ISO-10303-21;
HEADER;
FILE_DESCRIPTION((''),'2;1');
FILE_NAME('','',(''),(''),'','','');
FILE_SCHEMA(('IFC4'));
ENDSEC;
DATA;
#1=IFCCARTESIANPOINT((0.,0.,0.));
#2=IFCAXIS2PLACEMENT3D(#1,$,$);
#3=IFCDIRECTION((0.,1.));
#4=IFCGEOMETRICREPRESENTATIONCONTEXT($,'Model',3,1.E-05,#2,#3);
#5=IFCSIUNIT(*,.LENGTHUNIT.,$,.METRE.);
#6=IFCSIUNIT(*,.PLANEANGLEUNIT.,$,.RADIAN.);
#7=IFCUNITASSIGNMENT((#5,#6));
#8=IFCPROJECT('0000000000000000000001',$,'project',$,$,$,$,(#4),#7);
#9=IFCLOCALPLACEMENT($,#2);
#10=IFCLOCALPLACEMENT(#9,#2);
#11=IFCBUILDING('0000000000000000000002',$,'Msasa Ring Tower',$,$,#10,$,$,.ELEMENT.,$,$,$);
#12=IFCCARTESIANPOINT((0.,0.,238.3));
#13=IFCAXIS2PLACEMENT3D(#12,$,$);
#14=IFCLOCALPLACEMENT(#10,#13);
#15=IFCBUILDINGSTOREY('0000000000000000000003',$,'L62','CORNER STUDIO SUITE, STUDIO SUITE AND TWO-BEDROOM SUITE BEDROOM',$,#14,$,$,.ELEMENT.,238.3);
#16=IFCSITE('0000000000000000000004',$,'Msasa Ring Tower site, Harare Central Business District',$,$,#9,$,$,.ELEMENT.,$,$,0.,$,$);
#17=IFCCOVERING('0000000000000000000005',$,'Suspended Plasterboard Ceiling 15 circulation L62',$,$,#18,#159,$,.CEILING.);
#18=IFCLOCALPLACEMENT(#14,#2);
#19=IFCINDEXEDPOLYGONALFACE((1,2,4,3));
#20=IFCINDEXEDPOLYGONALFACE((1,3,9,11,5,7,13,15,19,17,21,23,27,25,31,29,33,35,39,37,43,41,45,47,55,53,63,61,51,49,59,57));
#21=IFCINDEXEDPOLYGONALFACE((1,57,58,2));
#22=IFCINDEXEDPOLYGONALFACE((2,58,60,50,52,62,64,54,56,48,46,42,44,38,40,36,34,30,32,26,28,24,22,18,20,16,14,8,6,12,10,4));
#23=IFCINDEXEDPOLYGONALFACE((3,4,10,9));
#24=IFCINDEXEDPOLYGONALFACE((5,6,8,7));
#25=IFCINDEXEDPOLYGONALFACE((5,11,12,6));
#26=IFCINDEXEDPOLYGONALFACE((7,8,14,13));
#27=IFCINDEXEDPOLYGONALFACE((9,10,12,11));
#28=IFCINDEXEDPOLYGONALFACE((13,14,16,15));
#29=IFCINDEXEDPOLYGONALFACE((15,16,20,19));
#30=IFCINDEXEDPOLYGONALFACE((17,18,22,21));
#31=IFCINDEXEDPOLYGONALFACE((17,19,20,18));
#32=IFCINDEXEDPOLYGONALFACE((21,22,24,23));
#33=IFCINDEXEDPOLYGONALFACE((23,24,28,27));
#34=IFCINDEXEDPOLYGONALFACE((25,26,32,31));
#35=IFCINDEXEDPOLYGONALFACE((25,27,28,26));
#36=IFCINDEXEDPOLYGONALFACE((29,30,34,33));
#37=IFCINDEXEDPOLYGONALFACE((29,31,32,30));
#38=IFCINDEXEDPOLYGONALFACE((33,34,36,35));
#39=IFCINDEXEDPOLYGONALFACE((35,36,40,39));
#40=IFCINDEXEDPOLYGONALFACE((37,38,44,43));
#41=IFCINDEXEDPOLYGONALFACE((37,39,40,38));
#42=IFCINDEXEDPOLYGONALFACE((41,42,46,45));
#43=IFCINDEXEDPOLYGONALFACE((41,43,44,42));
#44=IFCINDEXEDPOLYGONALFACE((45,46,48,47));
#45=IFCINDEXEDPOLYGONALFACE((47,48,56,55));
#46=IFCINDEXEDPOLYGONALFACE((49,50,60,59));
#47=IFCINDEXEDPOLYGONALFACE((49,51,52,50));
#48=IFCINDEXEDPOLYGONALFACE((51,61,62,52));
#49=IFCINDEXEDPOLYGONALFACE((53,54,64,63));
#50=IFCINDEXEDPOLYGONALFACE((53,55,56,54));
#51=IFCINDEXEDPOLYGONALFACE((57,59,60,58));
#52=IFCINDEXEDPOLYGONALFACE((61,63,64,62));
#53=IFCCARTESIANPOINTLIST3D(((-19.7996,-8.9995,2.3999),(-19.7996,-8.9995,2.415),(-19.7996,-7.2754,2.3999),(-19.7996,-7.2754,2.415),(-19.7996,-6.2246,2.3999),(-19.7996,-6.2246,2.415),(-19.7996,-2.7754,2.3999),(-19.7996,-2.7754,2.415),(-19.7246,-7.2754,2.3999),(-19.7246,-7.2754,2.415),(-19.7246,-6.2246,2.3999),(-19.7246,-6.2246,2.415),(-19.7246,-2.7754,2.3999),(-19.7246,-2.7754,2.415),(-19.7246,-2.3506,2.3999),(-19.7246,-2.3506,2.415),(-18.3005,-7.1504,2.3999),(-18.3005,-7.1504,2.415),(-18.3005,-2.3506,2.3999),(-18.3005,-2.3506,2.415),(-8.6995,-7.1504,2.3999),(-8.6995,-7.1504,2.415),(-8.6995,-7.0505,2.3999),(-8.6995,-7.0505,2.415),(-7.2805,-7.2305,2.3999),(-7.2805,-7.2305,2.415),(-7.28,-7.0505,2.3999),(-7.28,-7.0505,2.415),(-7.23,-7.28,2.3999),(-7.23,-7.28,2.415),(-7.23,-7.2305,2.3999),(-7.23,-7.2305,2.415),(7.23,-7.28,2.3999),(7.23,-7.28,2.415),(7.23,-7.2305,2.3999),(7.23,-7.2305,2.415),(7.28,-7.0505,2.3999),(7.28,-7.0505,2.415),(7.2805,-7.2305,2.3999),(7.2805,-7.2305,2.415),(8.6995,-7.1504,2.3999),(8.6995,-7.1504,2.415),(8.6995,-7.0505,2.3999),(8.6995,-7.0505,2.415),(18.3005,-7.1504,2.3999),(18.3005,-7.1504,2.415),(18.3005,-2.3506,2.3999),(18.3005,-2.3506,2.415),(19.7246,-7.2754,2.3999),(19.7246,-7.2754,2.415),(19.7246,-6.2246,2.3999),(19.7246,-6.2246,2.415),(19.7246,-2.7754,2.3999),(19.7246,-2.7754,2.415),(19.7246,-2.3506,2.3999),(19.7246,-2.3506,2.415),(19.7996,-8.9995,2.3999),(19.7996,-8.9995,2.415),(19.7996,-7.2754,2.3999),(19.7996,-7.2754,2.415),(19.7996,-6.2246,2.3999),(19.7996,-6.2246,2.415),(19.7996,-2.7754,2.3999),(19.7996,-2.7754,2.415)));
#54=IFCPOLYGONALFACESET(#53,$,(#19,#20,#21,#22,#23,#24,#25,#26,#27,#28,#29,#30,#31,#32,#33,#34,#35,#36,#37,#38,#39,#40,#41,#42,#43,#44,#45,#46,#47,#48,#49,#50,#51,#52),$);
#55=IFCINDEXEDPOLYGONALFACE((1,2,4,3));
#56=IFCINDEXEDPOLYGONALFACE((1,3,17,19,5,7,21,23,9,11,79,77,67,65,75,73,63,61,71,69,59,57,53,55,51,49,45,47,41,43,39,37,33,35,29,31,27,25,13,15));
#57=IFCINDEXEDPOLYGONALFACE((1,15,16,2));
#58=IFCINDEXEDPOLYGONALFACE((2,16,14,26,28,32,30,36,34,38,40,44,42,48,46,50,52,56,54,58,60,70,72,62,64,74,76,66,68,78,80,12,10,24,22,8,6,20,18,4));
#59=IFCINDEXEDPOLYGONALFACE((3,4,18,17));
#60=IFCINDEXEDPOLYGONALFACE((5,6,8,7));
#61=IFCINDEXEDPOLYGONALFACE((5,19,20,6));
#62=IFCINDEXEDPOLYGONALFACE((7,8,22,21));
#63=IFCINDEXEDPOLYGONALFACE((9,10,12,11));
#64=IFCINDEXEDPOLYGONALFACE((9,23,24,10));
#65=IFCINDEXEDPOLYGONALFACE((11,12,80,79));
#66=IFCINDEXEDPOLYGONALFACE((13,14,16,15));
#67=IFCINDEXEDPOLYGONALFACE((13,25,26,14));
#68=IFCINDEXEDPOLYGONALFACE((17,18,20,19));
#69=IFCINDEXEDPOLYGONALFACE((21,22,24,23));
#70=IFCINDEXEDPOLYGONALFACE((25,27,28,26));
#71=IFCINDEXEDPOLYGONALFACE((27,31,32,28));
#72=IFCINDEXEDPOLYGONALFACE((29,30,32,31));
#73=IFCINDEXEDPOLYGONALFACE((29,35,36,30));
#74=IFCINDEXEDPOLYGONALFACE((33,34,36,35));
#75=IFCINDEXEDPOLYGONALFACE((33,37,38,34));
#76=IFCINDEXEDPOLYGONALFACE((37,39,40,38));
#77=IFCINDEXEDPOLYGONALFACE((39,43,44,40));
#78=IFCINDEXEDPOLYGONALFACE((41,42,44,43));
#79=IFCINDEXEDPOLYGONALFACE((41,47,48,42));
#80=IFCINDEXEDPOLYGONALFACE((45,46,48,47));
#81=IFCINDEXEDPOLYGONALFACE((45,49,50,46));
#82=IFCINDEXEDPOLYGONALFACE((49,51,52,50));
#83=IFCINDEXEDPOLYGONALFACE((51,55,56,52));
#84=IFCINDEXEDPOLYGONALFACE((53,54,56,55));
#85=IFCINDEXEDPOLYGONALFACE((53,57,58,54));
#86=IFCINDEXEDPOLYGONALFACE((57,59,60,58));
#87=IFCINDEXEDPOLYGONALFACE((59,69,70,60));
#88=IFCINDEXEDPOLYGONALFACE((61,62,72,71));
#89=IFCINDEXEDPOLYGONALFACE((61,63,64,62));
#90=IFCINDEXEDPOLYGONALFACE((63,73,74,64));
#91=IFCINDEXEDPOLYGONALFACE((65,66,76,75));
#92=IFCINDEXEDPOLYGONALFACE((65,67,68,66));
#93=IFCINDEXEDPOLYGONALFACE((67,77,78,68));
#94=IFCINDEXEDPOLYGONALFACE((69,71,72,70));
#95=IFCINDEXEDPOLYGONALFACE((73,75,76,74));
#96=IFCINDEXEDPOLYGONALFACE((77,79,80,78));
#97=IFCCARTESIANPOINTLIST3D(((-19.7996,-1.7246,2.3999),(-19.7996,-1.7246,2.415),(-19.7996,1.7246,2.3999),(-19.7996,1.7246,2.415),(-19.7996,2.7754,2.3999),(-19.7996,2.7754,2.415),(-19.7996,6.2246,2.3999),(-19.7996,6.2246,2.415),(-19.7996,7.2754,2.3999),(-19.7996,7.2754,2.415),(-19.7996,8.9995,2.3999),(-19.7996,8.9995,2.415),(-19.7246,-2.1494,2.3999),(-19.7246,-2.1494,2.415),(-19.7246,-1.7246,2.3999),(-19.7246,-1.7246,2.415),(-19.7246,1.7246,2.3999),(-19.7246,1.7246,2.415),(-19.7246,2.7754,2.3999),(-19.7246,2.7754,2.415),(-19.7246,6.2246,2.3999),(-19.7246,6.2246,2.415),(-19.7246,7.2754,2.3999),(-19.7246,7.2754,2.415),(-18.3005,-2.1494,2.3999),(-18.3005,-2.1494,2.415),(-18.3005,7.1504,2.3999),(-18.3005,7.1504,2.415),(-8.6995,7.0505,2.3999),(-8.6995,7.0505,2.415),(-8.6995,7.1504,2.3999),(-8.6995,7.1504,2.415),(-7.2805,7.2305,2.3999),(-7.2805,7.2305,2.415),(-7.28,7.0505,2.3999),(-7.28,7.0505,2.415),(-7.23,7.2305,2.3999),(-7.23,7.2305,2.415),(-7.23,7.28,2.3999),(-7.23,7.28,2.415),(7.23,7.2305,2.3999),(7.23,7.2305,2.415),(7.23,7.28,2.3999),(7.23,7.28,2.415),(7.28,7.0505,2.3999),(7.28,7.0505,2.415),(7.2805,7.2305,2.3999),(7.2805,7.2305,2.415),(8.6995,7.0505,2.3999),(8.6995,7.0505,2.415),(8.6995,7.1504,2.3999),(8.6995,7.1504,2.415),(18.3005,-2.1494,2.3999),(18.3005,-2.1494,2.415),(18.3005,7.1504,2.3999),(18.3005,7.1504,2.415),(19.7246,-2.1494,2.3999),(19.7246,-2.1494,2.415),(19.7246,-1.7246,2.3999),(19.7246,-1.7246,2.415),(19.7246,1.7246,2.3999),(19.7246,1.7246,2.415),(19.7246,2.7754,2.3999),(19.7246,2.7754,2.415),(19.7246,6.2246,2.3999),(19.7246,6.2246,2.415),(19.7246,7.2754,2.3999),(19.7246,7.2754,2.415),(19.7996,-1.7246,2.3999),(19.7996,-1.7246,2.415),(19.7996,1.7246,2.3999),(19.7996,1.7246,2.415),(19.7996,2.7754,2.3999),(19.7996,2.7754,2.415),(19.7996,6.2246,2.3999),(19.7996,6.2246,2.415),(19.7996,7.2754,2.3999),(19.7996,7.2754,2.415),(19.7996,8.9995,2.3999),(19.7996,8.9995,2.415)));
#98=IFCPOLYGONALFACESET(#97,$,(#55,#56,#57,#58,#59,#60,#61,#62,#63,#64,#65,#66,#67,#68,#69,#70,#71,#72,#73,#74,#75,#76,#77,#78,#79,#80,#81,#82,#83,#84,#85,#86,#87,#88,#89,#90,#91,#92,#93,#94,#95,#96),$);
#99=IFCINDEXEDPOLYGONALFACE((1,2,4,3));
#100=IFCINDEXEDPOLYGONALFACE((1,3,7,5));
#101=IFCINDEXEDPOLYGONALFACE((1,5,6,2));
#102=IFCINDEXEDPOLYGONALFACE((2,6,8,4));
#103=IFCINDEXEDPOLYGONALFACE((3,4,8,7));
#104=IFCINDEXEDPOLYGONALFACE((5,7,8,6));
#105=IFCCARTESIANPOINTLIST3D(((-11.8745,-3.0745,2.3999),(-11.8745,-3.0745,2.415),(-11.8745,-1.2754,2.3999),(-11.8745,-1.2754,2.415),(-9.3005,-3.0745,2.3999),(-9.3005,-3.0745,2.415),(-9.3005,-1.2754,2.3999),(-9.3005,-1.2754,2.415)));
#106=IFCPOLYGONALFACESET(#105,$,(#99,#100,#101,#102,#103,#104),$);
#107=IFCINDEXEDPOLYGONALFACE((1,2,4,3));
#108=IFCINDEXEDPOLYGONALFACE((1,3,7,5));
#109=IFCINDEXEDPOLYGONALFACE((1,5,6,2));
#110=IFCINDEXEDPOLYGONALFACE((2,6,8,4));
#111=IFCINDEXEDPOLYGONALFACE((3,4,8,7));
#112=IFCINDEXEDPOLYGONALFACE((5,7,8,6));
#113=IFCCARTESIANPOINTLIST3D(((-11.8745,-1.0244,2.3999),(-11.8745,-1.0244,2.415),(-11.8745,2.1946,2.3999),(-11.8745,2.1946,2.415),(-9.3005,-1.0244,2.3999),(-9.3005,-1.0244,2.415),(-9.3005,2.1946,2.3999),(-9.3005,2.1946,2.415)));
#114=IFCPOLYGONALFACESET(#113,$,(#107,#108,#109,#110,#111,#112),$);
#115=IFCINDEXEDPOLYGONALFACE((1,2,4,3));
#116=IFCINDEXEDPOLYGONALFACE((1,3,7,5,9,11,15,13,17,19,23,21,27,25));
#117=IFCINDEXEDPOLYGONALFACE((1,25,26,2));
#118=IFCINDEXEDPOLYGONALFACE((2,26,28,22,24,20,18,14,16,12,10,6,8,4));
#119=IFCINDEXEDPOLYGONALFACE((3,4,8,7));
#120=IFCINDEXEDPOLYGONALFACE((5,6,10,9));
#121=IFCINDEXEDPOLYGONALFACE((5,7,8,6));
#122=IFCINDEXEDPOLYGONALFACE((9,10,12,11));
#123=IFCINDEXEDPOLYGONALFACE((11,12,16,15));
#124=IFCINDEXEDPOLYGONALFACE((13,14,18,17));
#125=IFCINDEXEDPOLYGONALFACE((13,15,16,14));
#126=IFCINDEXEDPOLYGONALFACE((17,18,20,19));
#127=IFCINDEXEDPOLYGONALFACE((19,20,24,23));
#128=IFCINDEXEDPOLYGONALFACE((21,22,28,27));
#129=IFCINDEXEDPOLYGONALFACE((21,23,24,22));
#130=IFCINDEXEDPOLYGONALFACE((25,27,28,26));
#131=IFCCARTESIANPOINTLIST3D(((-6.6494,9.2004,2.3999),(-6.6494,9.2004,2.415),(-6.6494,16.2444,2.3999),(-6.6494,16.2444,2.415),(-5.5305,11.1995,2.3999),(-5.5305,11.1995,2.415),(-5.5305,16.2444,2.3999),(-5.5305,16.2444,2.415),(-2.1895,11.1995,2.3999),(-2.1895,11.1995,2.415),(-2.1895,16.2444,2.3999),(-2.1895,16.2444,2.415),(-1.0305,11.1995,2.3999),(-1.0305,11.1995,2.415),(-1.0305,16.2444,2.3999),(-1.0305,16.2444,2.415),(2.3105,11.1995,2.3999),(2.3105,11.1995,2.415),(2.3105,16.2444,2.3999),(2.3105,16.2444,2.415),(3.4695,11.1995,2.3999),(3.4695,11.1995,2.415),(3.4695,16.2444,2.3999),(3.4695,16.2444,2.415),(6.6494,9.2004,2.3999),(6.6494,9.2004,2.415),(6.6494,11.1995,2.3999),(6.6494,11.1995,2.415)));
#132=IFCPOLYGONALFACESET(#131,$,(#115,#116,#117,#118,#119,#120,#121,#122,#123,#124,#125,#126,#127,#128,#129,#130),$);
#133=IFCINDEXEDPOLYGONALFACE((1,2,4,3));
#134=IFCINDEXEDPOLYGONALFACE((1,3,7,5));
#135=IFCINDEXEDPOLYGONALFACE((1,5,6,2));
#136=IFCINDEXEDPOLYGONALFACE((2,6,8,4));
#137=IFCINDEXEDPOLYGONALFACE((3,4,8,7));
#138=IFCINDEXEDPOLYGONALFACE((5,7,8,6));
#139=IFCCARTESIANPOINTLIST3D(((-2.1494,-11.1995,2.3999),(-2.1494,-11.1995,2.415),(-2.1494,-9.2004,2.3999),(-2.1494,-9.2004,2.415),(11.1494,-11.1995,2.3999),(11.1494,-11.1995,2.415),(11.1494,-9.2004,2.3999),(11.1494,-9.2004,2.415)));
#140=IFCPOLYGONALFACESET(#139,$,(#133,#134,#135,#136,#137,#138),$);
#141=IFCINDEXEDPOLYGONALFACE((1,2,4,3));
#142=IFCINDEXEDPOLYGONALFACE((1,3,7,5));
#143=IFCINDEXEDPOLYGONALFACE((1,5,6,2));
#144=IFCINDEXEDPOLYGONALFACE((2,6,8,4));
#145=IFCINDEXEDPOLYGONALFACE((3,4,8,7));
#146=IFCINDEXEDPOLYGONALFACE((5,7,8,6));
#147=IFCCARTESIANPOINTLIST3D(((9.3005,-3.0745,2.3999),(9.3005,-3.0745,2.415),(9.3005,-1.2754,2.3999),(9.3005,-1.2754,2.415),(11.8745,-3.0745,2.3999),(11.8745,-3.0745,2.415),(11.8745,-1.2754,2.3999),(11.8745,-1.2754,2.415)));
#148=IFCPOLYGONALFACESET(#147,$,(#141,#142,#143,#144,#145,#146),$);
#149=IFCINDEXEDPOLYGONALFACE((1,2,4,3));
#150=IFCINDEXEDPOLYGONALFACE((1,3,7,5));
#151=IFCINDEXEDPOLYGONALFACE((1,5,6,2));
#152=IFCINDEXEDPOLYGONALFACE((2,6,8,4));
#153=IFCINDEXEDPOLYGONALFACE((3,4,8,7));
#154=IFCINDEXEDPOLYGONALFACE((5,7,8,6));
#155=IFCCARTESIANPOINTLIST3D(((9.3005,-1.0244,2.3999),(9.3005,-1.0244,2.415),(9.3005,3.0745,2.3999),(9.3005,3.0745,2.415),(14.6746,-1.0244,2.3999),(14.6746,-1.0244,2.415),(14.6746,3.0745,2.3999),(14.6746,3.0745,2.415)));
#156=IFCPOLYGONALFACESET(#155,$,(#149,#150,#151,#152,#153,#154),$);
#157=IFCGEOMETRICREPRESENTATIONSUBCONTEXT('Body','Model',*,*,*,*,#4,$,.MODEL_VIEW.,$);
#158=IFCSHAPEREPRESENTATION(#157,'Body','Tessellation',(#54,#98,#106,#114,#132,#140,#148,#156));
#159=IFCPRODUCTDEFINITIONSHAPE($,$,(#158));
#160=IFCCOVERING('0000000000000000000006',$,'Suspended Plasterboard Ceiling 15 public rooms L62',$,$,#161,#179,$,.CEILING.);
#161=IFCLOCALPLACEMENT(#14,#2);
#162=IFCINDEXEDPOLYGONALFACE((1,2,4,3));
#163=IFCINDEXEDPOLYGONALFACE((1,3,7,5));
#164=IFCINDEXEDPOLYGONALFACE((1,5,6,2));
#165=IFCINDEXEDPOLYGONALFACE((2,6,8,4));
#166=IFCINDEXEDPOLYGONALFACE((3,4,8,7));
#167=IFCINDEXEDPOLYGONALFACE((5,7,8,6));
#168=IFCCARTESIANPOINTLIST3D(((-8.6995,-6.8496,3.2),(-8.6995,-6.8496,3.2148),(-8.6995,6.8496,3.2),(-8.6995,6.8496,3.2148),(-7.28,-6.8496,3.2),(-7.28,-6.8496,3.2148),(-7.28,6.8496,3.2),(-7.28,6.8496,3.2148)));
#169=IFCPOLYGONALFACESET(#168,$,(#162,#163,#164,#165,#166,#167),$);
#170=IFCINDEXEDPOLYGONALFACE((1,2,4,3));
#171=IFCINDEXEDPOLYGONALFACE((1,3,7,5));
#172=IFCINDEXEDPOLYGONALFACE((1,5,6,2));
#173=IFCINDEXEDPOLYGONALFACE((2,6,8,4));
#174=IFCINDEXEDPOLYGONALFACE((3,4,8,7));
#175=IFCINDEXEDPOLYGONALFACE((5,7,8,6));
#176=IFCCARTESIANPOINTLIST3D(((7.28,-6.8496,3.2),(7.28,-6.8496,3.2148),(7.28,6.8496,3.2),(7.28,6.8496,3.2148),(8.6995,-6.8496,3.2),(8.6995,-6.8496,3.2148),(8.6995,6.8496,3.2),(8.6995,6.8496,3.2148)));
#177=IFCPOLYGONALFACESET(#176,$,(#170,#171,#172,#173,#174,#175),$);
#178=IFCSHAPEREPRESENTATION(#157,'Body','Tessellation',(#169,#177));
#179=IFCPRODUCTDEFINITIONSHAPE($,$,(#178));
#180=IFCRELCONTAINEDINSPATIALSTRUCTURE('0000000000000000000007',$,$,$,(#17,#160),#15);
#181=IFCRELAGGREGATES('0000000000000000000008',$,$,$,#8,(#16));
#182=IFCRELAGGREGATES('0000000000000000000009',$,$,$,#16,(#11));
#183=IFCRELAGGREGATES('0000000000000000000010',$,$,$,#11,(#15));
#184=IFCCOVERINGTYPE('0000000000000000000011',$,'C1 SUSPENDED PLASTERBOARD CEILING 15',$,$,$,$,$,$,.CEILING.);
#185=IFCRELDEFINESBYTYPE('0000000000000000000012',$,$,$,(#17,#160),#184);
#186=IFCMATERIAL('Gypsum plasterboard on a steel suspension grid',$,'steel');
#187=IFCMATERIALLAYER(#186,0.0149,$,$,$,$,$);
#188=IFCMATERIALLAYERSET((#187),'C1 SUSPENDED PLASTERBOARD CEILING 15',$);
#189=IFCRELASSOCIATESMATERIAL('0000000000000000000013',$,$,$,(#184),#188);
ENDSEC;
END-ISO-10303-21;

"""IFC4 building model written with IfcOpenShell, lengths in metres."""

from ifc_helpers import new_model, si_unit, direction, frame, origin, place, context, subcontext, project, spatial, line, indexed_curve, outline, extrude, material, layer, layer_set, type_object, element, save


model = new_model("IFC4")

# Units and contexts
model_context = context("Model", 3, precision=1e-05, world=origin(), true_north=direction((0.0, 1.0)))
body_context = subcontext(model_context, "Body", "Model", "MODEL_VIEW")
ifc_project = project(units=[si_unit("LENGTHUNIT", "METRE"), si_unit("PLANEANGLEUNIT", "RADIAN")], contexts=[model_context])

# Site, building, storey
site_placement = place(None, origin())
site = spatial("IfcSite", under=ifc_project, at=site_placement, Name="Msasa Ring Tower site, Harare Central Business District", CompositionType="ELEMENT", RefElevation=0.0)
building_placement = place(site_placement, origin())
building = spatial("IfcBuilding", under=site, at=building_placement, Name="Msasa Ring Tower", CompositionType="ELEMENT")
storey_placement = place(building_placement, frame((0.0, 0.0, 238.3)))
storey = spatial("IfcBuildingStorey", under=building, at=storey_placement, Name="L62", Description="CORNER STUDIO SUITE, STUDIO SUITE AND TWO-BEDROOM SUITE BEDROOM", CompositionType="ELEMENT", Elevation=238.3)

# Coverings
ifc_material_1 = material(Name="Gypsum plasterboard on a steel suspension grid", Category="steel")
ifc_layer_1 = layer(ifc_material_1, 0.0149)
ifc_layer_set_1 = layer_set([ifc_layer_1], Name="C1 SUSPENDED PLASTERBOARD CEILING 15")
covering_type_1 = type_object("IfcCoveringType", Name="C1 SUSPENDED PLASTERBOARD CEILING 15", PredefinedType="CEILING", material=ifc_layer_set_1)
covering_1_placement = place(storey_placement, frame((0.0, 0.0, 2.3999)))
element("IfcCovering", 1, at=covering_1_placement, inside=storey, type_object=covering_type_1, Name="Suspended Plasterboard Ceiling 15 circulation L62", PredefinedType="CEILING", context=body_context, shape_type="SweptSolid", body=[
    extrude(outline(indexed_curve([(8.6995, -7.1504), (18.3005, -7.1504), (18.3005, -2.3506), (19.7246, -2.3506), (19.7246, -2.7754), (19.7996, -2.7754), (19.7996, -6.2246), (19.7246, -6.2246), (19.7246, -7.2754), (19.7996, -7.2754), (19.7996, -8.9995), (-19.7996, -8.9995), (-19.7996, -7.2754), (-19.7246, -7.2754), (-19.7246, -6.2246), (-19.7996, -6.2246), (-19.7996, -2.7754), (-19.7246, -2.7754), (-19.7246, -2.3506), (-18.3005, -2.3506), (-18.3005, -7.1504), (-8.6995, -7.1504), (-8.6995, -7.0505), (-7.28, -7.0505), (-7.2805, -7.2305), (-7.23, -7.2305), (-7.23, -7.28), (7.23, -7.28), (7.23, -7.2305), (7.2805, -7.2305), (7.28, -7.0505), (8.6995, -7.0505)], segments=[line(1, 2, 3, 4, 5, 6, 7, 8, 9, 10, 11, 12, 13, 14, 15, 16, 17, 18, 19, 20, 21, 22, 23, 24, 25, 26, 27, 28, 29, 30, 31, 32, 1)], self_intersect=False)), origin(), (0.0, 0.0, 1.0), 0.0151),
    extrude(outline(indexed_curve([(19.7996, 7.2754), (19.7246, 7.2754), (19.7246, 6.2246), (19.7996, 6.2246), (19.7996, 2.7754), (19.7246, 2.7754), (19.7246, 1.7246), (19.7996, 1.7246), (19.7996, -1.7246), (19.7246, -1.7246), (19.7246, -2.1494), (18.3005, -2.1494), (18.3005, 7.1504), (8.6995, 7.1504), (8.6995, 7.0505), (7.28, 7.0505), (7.2805, 7.2305), (7.23, 7.2305), (7.23, 7.28), (-7.23, 7.28), (-7.23, 7.2305), (-7.2805, 7.2305), (-7.28, 7.0505), (-8.6995, 7.0505), (-8.6995, 7.1504), (-18.3005, 7.1504), (-18.3005, -2.1494), (-19.7246, -2.1494), (-19.7246, -1.7246), (-19.7996, -1.7246), (-19.7996, 1.7246), (-19.7246, 1.7246), (-19.7246, 2.7754), (-19.7996, 2.7754), (-19.7996, 6.2246), (-19.7246, 6.2246), (-19.7246, 7.2754), (-19.7996, 7.2754), (-19.7996, 8.9995), (19.7996, 8.9995)], segments=[line(1, 2, 3, 4, 5, 6, 7, 8, 9, 10, 11, 12, 13, 14, 15, 16, 17, 18, 19, 20, 21, 22, 23, 24, 25, 26, 27, 28, 29, 30, 31, 32, 33, 34, 35, 36, 37, 38, 39, 40, 1)], self_intersect=False)), origin(), (0.0, 0.0, 1.0), 0.0151),
    extrude(outline(indexed_curve([(-11.8745, -3.0745), (-11.8745, -1.2754), (-9.3005, -1.2754), (-9.3005, -3.0745)], segments=[line(1, 2, 3, 4, 1)], self_intersect=False)), origin(), (0.0, 0.0, 1.0), 0.0151),
    extrude(outline(indexed_curve([(-11.8745, -1.0244), (-11.8745, 2.1946), (-9.3005, 2.1946), (-9.3005, -1.0244)], segments=[line(1, 2, 3, 4, 1)], self_intersect=False)), origin(), (0.0, 0.0, 1.0), 0.0151),
    extrude(outline(indexed_curve([(-5.5305, 11.1995), (-2.1895, 11.1995), (-2.1895, 16.2444), (-1.0305, 16.2444), (-1.0305, 11.1995), (2.3105, 11.1995), (2.3105, 16.2444), (3.4695, 16.2444), (3.4695, 11.1995), (6.6494, 11.1995), (6.6494, 9.2004), (-6.6494, 9.2004), (-6.6494, 16.2444), (-5.5305, 16.2444)], segments=[line(1, 2, 3, 4, 5, 6, 7, 8, 9, 10, 11, 12, 13, 14, 1)], self_intersect=False)), origin(), (0.0, 0.0, 1.0), 0.0151),
    extrude(outline(indexed_curve([(-2.1494, -11.1995), (-2.1494, -9.2004), (11.1494, -9.2004), (11.1494, -11.1995)], segments=[line(1, 2, 3, 4, 1)], self_intersect=False)), origin(), (0.0, 0.0, 1.0), 0.0151),
    extrude(outline(indexed_curve([(9.3005, -3.0745), (9.3005, -1.2754), (11.8745, -1.2754), (11.8745, -3.0745)], segments=[line(1, 2, 3, 4, 1)], self_intersect=False)), origin(), (0.0, 0.0, 1.0), 0.0151),
    extrude(outline(indexed_curve([(9.3005, -1.0244), (9.3005, 3.0745), (14.6746, 3.0745), (14.6746, -1.0244)], segments=[line(1, 2, 3, 4, 1)], self_intersect=False)), origin(), (0.0, 0.0, 1.0), 0.0151),
])
covering_2_placement = place(storey_placement, frame((0.0, 0.0, 3.2)))
element("IfcCovering", 2, at=covering_2_placement, inside=storey, type_object=covering_type_1, Name="Suspended Plasterboard Ceiling 15 public rooms L62", PredefinedType="CEILING", context=body_context, shape_type="SweptSolid", body=[
    extrude(outline(indexed_curve([(-7.28, 6.8496), (-7.28, -6.8496), (-8.6995, -6.8496), (-8.6995, 6.8496)], segments=[line(1, 2, 3, 4, 1)], self_intersect=False)), origin(), (0.0, 0.0, 1.0), 0.0149),
    extrude(outline(indexed_curve([(8.6995, 6.8496), (8.6995, -6.8496), (7.28, -6.8496), (7.28, 6.8496)], segments=[line(1, 2, 3, 4, 1)], self_intersect=False)), origin(), (0.0, 0.0, 1.0), 0.0149),
])

save(model, "model.ifc")
